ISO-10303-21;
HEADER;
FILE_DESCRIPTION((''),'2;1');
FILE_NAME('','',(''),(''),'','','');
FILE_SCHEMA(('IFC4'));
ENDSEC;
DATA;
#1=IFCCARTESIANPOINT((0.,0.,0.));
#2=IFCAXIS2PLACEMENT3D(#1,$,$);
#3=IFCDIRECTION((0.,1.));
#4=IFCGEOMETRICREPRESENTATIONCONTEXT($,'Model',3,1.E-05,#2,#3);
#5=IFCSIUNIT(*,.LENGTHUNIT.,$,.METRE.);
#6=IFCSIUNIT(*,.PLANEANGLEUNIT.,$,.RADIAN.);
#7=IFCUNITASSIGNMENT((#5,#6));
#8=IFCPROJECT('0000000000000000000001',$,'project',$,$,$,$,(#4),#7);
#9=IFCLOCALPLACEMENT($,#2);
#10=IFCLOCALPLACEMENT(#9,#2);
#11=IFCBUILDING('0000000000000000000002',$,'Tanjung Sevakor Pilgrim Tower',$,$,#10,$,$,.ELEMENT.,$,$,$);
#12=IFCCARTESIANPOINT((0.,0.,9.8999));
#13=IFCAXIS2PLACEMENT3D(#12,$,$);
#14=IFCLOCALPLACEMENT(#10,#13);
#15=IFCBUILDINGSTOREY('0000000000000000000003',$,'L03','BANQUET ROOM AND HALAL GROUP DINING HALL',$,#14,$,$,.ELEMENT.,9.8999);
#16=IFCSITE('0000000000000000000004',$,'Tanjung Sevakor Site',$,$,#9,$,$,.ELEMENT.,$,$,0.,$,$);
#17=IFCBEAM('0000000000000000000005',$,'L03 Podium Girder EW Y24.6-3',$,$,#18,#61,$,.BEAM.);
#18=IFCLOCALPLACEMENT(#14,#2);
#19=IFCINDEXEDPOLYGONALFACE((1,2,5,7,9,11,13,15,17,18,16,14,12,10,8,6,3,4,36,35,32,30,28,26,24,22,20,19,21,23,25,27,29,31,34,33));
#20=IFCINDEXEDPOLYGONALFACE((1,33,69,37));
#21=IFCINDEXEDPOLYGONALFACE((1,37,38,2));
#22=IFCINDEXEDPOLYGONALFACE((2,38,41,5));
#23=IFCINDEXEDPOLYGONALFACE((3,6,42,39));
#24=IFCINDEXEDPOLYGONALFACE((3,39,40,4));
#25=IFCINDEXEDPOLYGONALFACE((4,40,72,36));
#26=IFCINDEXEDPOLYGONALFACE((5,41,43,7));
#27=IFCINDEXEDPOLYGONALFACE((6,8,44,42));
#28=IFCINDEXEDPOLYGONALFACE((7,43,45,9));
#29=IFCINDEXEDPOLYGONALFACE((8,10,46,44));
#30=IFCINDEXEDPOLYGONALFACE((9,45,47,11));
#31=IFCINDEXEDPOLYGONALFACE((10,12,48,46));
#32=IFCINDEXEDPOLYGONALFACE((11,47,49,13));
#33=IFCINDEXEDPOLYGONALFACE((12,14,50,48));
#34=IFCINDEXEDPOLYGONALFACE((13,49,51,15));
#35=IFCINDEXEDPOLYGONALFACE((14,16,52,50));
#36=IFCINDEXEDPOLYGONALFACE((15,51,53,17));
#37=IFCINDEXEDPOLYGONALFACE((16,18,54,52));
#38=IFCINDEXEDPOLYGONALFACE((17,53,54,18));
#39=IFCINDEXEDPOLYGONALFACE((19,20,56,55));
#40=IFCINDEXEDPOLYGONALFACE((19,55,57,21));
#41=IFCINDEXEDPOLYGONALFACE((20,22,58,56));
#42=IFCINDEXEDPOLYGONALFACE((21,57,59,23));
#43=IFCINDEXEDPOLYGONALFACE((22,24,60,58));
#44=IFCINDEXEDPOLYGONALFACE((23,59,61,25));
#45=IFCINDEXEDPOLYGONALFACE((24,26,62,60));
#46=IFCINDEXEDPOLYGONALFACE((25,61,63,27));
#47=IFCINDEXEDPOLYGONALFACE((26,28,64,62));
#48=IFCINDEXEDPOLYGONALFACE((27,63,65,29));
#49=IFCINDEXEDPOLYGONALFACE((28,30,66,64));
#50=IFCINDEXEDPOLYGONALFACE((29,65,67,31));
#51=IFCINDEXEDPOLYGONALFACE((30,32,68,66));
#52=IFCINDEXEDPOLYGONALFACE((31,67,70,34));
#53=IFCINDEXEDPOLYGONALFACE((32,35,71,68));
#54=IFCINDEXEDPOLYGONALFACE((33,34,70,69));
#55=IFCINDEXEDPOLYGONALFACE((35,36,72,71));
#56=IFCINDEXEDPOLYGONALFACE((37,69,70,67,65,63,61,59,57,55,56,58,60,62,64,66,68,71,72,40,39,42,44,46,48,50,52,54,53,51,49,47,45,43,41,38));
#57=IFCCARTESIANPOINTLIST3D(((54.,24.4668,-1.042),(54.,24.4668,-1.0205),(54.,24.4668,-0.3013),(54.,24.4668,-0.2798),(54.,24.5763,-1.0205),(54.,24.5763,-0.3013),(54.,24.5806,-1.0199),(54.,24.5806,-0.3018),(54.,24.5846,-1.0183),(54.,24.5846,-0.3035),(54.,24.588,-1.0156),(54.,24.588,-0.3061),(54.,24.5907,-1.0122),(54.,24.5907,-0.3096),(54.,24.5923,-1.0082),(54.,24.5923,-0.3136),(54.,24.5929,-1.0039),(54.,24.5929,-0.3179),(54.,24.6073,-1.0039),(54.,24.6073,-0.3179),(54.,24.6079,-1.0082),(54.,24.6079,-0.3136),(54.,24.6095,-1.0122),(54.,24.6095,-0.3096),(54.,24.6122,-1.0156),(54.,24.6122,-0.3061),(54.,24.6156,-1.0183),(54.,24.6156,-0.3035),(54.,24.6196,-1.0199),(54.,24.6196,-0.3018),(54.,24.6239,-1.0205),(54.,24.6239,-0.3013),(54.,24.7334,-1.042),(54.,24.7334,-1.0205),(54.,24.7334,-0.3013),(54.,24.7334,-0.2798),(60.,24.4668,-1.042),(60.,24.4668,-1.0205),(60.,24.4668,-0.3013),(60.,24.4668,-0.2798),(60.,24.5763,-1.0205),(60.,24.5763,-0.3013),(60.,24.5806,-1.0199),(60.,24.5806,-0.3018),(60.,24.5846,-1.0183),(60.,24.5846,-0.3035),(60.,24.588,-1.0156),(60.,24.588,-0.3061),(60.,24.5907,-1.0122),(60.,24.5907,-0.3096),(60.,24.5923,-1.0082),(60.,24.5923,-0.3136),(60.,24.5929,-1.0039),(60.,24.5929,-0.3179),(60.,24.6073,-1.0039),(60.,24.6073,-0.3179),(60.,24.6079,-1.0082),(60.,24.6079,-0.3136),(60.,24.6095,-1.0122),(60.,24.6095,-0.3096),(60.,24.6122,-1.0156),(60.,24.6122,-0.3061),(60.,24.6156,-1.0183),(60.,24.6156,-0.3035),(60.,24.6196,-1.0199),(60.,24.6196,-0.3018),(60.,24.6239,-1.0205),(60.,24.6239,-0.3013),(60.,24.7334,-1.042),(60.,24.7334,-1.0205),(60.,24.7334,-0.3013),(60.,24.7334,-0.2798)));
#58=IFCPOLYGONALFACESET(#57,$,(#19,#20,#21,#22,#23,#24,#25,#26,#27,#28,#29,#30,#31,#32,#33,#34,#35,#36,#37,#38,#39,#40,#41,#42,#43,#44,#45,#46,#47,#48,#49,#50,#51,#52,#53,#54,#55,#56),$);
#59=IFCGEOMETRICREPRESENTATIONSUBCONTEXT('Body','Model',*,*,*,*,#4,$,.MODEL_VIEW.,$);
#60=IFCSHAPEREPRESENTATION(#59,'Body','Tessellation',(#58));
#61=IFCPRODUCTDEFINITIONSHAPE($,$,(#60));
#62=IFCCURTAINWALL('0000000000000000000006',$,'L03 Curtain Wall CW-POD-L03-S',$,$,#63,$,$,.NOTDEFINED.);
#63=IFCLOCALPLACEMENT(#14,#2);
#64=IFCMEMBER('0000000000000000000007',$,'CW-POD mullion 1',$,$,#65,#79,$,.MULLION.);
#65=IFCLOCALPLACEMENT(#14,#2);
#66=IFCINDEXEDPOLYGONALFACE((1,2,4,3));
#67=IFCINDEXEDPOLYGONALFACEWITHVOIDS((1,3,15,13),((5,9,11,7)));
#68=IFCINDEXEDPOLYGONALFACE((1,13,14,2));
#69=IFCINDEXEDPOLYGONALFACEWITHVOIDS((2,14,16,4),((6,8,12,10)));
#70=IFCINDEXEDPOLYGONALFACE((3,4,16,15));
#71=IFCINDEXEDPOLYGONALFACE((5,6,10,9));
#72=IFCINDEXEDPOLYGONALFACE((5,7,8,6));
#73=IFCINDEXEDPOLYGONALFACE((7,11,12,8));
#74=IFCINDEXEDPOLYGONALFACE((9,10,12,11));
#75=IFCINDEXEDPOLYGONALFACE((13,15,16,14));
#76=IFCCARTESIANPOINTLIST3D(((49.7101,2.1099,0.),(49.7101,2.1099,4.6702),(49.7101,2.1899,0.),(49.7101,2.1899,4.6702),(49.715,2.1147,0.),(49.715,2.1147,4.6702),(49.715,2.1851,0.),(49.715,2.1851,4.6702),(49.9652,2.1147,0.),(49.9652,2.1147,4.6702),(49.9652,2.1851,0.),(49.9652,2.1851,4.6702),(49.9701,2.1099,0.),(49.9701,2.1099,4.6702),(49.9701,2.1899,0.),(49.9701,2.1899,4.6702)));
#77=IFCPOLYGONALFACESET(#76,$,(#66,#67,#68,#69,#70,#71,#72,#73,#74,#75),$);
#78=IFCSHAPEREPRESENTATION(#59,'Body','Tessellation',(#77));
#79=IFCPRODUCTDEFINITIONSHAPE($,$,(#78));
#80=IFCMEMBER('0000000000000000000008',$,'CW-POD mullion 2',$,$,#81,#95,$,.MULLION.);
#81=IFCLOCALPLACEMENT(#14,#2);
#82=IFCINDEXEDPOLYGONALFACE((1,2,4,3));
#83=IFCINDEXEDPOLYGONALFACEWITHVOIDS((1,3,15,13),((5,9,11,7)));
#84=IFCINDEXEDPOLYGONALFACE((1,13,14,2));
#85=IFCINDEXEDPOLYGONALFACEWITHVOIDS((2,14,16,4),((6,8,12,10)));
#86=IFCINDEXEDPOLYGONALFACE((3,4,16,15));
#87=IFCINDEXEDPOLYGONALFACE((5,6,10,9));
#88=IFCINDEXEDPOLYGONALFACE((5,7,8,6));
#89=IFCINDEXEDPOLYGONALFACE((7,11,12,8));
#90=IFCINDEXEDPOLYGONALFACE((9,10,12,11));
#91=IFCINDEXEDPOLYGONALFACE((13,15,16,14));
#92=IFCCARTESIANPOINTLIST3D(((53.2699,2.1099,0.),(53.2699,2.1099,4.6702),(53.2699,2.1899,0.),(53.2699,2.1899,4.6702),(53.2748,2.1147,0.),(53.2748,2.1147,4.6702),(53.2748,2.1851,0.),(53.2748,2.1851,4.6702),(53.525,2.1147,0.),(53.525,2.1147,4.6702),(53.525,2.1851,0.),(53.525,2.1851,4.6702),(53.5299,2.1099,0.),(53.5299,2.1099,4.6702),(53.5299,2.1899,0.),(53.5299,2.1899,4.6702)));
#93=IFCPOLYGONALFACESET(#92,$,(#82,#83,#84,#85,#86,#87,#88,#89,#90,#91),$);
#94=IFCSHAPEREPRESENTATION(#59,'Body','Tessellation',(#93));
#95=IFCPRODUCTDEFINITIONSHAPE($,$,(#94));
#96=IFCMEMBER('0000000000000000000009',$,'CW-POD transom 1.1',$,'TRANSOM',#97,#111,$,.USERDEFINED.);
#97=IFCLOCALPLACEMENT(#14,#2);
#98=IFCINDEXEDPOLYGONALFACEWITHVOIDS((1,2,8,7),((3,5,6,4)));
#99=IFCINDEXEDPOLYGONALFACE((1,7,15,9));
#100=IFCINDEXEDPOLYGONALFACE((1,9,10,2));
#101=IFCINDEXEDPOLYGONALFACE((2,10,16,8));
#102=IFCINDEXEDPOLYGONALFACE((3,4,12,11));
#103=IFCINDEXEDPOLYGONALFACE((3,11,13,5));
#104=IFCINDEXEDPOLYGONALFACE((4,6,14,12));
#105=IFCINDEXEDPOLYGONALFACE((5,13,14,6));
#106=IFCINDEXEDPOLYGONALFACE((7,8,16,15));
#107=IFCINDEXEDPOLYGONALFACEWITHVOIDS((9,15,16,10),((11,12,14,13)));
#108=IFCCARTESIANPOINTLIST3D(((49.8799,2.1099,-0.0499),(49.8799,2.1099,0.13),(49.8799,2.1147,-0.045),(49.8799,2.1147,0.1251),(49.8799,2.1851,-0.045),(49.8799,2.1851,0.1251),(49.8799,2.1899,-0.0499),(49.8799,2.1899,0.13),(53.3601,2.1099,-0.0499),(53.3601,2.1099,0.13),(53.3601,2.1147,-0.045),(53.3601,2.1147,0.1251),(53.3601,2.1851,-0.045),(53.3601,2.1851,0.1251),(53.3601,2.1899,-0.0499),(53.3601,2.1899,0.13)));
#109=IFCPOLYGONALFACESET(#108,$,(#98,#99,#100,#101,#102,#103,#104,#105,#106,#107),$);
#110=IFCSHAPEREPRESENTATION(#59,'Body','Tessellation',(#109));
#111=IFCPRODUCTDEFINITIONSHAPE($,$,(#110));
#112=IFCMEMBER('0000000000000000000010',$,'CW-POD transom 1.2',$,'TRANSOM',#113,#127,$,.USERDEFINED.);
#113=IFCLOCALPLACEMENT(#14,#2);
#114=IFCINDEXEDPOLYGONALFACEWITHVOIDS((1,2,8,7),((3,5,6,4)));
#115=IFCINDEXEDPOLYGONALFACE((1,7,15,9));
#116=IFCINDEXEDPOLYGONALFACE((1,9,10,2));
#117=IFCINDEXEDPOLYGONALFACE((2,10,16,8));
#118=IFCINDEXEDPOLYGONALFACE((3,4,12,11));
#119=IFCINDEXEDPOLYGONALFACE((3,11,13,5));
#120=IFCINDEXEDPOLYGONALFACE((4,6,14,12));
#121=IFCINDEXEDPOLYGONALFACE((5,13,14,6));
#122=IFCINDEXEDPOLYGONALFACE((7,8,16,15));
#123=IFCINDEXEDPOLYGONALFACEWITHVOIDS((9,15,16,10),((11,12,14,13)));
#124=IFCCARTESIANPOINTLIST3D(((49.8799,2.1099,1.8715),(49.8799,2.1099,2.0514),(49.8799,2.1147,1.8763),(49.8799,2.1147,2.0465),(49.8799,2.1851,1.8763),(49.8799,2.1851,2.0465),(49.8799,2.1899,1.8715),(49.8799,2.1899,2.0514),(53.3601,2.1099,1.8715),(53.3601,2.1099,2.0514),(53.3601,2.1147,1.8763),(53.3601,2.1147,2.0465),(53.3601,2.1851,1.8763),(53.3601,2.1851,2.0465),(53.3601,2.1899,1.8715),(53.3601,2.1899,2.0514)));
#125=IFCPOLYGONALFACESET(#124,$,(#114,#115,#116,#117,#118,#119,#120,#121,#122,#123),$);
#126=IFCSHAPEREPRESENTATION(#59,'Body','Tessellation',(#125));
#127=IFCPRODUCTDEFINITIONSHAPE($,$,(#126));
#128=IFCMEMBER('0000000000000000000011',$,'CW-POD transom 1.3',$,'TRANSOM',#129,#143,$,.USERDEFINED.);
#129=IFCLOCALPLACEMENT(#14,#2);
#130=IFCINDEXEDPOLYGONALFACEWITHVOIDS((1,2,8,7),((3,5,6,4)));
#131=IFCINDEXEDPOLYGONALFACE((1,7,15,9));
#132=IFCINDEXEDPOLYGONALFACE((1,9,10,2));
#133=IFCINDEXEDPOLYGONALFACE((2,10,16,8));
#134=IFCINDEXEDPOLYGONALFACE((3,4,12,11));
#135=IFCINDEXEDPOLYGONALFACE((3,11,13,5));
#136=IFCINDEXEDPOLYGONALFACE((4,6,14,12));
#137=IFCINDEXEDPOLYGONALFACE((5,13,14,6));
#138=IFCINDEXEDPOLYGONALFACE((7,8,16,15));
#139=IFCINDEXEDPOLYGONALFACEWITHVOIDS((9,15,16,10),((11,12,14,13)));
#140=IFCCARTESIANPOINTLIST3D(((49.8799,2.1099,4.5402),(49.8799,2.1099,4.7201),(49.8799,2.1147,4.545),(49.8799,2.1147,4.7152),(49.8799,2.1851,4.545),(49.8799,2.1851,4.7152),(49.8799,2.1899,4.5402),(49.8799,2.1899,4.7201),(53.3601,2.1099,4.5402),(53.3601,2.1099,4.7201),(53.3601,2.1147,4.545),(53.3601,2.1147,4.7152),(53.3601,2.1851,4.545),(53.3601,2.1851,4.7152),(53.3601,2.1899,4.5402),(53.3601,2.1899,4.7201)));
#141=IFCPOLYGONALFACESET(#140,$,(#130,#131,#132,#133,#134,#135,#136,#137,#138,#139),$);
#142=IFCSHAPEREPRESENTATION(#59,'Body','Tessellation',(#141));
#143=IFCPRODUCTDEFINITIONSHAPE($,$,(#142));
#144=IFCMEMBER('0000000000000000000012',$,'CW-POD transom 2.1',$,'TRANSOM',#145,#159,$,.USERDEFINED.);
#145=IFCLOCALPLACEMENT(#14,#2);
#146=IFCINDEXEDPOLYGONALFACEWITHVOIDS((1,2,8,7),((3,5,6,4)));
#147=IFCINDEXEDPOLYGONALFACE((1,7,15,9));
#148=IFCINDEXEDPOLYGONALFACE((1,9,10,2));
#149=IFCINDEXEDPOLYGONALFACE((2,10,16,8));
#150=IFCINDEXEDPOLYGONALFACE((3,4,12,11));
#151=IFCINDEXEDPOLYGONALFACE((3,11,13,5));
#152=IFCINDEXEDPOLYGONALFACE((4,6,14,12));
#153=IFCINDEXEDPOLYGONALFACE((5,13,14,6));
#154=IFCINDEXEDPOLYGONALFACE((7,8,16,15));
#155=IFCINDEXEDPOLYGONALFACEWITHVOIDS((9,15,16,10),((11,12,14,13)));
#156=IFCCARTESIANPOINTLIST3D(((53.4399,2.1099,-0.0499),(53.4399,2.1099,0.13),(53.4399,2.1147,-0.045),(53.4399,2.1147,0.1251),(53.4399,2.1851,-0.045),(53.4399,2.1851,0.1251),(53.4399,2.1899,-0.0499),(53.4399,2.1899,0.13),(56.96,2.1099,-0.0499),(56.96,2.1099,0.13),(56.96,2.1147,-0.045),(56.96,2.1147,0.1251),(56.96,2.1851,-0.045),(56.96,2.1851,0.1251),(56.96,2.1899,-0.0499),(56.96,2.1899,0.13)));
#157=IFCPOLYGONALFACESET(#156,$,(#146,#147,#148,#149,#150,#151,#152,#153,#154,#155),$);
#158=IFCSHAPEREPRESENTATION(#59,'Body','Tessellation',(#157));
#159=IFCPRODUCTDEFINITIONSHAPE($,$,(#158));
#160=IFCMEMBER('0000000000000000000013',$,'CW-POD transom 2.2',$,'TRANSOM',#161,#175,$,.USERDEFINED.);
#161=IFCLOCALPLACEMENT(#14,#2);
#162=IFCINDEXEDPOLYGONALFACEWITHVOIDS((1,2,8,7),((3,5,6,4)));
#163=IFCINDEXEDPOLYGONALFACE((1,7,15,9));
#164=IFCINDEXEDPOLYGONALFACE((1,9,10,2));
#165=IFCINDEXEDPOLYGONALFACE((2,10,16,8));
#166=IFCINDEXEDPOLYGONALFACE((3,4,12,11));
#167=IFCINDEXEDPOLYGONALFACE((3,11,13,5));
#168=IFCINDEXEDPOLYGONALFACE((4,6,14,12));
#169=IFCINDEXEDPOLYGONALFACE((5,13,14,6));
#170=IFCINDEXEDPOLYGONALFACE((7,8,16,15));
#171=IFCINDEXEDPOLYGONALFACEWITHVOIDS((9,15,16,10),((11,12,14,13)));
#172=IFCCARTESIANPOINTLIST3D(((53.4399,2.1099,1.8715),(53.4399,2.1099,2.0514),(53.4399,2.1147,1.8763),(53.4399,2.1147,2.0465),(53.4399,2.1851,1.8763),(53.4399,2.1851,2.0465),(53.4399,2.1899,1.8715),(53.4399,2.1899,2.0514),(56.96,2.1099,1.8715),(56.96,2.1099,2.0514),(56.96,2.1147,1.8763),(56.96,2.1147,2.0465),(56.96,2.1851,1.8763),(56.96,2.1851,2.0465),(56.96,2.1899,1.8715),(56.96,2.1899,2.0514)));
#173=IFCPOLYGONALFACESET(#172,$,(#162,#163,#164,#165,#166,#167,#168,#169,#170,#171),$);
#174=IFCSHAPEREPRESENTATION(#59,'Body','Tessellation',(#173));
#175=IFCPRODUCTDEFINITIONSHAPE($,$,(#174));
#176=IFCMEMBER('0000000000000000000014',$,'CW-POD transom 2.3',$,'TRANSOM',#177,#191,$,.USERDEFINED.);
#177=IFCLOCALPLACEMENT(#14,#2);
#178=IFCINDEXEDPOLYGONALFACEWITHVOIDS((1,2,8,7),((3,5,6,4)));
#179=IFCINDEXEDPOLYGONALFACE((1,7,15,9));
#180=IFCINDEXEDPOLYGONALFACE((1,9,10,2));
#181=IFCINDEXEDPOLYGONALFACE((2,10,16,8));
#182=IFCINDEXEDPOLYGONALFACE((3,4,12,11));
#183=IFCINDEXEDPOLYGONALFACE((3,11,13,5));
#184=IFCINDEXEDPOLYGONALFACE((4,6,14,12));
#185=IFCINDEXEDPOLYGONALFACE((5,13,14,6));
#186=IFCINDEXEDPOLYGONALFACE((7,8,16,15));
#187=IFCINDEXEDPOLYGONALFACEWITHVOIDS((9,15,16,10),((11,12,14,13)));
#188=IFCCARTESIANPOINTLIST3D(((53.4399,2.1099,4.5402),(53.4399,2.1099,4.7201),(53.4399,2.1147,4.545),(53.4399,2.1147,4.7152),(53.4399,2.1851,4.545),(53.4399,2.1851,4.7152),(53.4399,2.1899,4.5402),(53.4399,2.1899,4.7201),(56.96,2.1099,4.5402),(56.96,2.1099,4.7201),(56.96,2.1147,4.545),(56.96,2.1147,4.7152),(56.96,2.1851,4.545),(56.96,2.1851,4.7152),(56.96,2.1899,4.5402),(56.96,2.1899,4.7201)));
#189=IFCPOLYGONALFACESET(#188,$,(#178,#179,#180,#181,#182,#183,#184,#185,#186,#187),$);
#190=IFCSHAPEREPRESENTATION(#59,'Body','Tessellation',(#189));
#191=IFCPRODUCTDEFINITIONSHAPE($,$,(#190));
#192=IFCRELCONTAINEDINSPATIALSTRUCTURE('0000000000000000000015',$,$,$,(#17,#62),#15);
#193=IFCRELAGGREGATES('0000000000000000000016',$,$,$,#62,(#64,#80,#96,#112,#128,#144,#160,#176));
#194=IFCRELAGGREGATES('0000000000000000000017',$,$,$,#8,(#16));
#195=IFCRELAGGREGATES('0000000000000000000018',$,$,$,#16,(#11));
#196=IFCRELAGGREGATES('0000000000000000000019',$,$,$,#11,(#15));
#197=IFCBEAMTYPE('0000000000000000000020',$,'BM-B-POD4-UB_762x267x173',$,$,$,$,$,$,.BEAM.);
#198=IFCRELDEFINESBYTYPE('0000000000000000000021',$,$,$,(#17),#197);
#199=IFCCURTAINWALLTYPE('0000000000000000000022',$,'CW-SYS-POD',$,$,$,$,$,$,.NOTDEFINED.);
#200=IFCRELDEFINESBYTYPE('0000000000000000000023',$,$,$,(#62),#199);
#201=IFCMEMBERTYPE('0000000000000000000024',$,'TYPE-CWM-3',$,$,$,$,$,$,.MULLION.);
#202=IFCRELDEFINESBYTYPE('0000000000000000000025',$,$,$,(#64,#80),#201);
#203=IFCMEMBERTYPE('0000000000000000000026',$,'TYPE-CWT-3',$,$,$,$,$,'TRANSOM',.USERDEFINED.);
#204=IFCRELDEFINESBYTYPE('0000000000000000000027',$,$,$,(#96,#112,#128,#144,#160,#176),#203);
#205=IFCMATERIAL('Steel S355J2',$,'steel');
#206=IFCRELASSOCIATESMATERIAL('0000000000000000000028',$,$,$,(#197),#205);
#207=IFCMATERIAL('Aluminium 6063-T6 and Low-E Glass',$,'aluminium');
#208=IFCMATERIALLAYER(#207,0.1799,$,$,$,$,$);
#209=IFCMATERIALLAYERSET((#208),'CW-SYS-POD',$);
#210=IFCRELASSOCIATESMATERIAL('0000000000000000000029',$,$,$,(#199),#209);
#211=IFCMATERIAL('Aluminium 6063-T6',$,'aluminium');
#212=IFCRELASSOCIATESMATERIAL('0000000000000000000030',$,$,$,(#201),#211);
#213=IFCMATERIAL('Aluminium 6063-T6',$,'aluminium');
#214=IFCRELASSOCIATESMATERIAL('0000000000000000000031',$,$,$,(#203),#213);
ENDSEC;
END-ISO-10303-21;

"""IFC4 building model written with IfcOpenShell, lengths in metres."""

from ifc_helpers import new_model, si_unit, direction, frame, origin, origin_2d, place, context, subcontext, project, spatial, hollow_rectangle, i_section, extrude, material, layer, layer_set, material_profile, profile_set, type_object, element, aggregate, save


model = new_model("IFC4")

# Units and contexts
model_context = context("Model", 3, precision=1e-05, world=origin(), true_north=direction((0.0, 1.0)))
body_context = subcontext(model_context, "Body", "Model", "MODEL_VIEW")
ifc_project = project(units=[si_unit("LENGTHUNIT", "METRE"), si_unit("PLANEANGLEUNIT", "RADIAN")], contexts=[model_context])

# Site, building, storey
site_placement = place(None, origin())
site = spatial("IfcSite", under=ifc_project, at=site_placement, Name="Tanjung Sevakor Site", CompositionType="ELEMENT", RefElevation=0.0)
building_placement = place(site_placement, origin())
building = spatial("IfcBuilding", under=site, at=building_placement, Name="Tanjung Sevakor Pilgrim Tower", CompositionType="ELEMENT")
storey_placement = place(building_placement, frame((0.0, 0.0, 9.8999)))
storey = spatial("IfcBuildingStorey", under=building, at=storey_placement, Name="L03", Description="BANQUET ROOM AND HALAL GROUP DINING HALL", CompositionType="ELEMENT", Elevation=9.8999)

# Beam
ifc_material_1 = material(Name="Steel S355J2", Category="steel")
ifc_material_profile_1 = material_profile(ifc_material_1, i_section(OverallWidth=0.2666, OverallDepth=0.7622, WebThickness=0.0144, FlangeThickness=0.0215, FilletRadius=0.0166, at=origin_2d()))
ifc_profile_set_1 = profile_set([ifc_material_profile_1], Name="Steel S355J2")
beam_type_1 = type_object("IfcBeamType", Name="BM-B-POD4-UB_762x267x173", PredefinedType="BEAM", material=ifc_profile_set_1)
for number, where, z_axis, x_axis, name in (
    (1, (54.0, 24.6001, -0.6609), (1.0, 0.0, 0.0), (0.0, 1.0, 0.0), "L03 Podium Girder EW Y24.6-3"),
):
    element("IfcBeam", number, at=place(storey_placement, frame(where, z_axis=z_axis, x_axis=x_axis)), inside=storey, type_object=beam_type_1, Name=name, PredefinedType="BEAM", context=body_context, shape_type="SweptSolid", body=[
        extrude(i_section(OverallWidth=0.2666, OverallDepth=0.7622, WebThickness=0.0144, FlangeThickness=0.0215, FilletRadius=0.0166, at=origin_2d()), origin(), (0.0, 0.0, 1.0), 6.0),
    ])

# Curtain wall, members
ifc_material_2 = material(Name="Aluminium 6063-T6 and Low-E Glass", Category="aluminium")
ifc_layer_1 = layer(ifc_material_2, 0.1799)
ifc_layer_set_1 = layer_set([ifc_layer_1], Name="CW-SYS-POD")
curtain_wall_type = type_object("IfcCurtainWallType", Name="CW-SYS-POD", PredefinedType="NOTDEFINED", material=ifc_layer_set_1)
curtain_wall_placement = place(storey_placement, origin())
curtain_wall = element("IfcCurtainWall", 2, at=curtain_wall_placement, inside=storey, type_object=curtain_wall_type, Name="L03 Curtain Wall CW-POD-L03-S", PredefinedType="NOTDEFINED")
ifc_material_3 = material(Name="Aluminium 6063-T6", Category="aluminium")
ifc_material_profile_2 = material_profile(ifc_material_3, hollow_rectangle(XDim=0.0801, YDim=0.26, WallThickness=0.0049, at=origin_2d()))
ifc_profile_set_2 = profile_set([ifc_material_profile_2], Name="Aluminium 6063-T6")
member_type_1 = type_object("IfcMemberType", Name="TYPE-CWM-3", PredefinedType="MULLION", material=ifc_profile_set_2)
member_1_placement = place(storey_placement, frame((49.8401, 2.1499, 0.0), z_axis=(0.0, 0.0, 1.0), x_axis=(0.0, 1.0, 0.0)))
member_1 = element("IfcMember", 3, at=member_1_placement, type_object=member_type_1, Name="CW-POD mullion 1", PredefinedType="MULLION", context=body_context, shape_type="SweptSolid", body=[
    extrude(hollow_rectangle(XDim=0.0801, YDim=0.26, WallThickness=0.0049, at=origin_2d()), origin(), (0.0, 0.0, 1.0), 4.6702),
])
member_2_placement = place(storey_placement, frame((53.3999, 2.1499, 0.0), z_axis=(0.0, 0.0, 1.0), x_axis=(0.0, 1.0, 0.0)))
member_2 = element("IfcMember", 4, at=member_2_placement, type_object=member_type_1, Name="CW-POD mullion 2", PredefinedType="MULLION", context=body_context, shape_type="SweptSolid", body=[
    extrude(hollow_rectangle(XDim=0.0801, YDim=0.26, WallThickness=0.0049, at=origin_2d()), origin(), (0.0, 0.0, 1.0), 4.6702),
])
ifc_material_4 = material(Name="Aluminium 6063-T6", Category="aluminium")
ifc_material_profile_3 = material_profile(ifc_material_4, hollow_rectangle(XDim=0.0801, YDim=0.1799, WallThickness=0.0049, at=origin_2d()))
ifc_profile_set_3 = profile_set([ifc_material_profile_3], Name="Aluminium 6063-T6")
member_type_2 = type_object("IfcMemberType", Name="TYPE-CWT-3", ElementType="TRANSOM", PredefinedType="USERDEFINED", material=ifc_profile_set_3)
member_3_placement = place(storey_placement, frame((49.8799, 2.1499, 0.04), z_axis=(1.0, 0.0, 0.0), x_axis=(0.0, 1.0, 0.0)))
member_3 = element("IfcMember", 5, at=member_3_placement, type_object=member_type_2, Name="CW-POD transom 1.1", ObjectType="TRANSOM", PredefinedType="USERDEFINED", context=body_context, shape_type="SweptSolid", body=[
    extrude(hollow_rectangle(XDim=0.0801, YDim=0.1799, WallThickness=0.0049, at=origin_2d()), origin(), (0.0, 0.0, 1.0), 3.4802),
])
member_4_placement = place(storey_placement, frame((49.8799, 2.1499, 1.9614), z_axis=(1.0, 0.0, 0.0), x_axis=(0.0, 1.0, 0.0)))
member_4 = element("IfcMember", 6, at=member_4_placement, type_object=member_type_2, Name="CW-POD transom 1.2", ObjectType="TRANSOM", PredefinedType="USERDEFINED", context=body_context, shape_type="SweptSolid", body=[
    extrude(hollow_rectangle(XDim=0.0801, YDim=0.1799, WallThickness=0.0049, at=origin_2d()), origin(), (0.0, 0.0, 1.0), 3.4802),
])
member_5_placement = place(storey_placement, frame((49.8799, 2.1499, 4.6301), z_axis=(1.0, 0.0, 0.0), x_axis=(0.0, 1.0, 0.0)))
member_5 = element("IfcMember", 7, at=member_5_placement, type_object=member_type_2, Name="CW-POD transom 1.3", ObjectType="TRANSOM", PredefinedType="USERDEFINED", context=body_context, shape_type="SweptSolid", body=[
    extrude(hollow_rectangle(XDim=0.0801, YDim=0.1799, WallThickness=0.0049, at=origin_2d()), origin(), (0.0, 0.0, 1.0), 3.4802),
])
member_6_placement = place(storey_placement, frame((53.4399, 2.1499, 0.04), z_axis=(1.0, 0.0, 0.0), x_axis=(0.0, 1.0, 0.0)))
member_6 = element("IfcMember", 8, at=member_6_placement, type_object=member_type_2, Name="CW-POD transom 2.1", ObjectType="TRANSOM", PredefinedType="USERDEFINED", context=body_context, shape_type="SweptSolid", body=[
    extrude(hollow_rectangle(XDim=0.0801, YDim=0.1799, WallThickness=0.0049, at=origin_2d()), origin(), (0.0, 0.0, 1.0), 3.52),
])
member_7_placement = place(storey_placement, frame((53.4399, 2.1499, 1.9614), z_axis=(1.0, 0.0, 0.0), x_axis=(0.0, 1.0, 0.0)))
member_7 = element("IfcMember", 9, at=member_7_placement, type_object=member_type_2, Name="CW-POD transom 2.2", ObjectType="TRANSOM", PredefinedType="USERDEFINED", context=body_context, shape_type="SweptSolid", body=[
    extrude(hollow_rectangle(XDim=0.0801, YDim=0.1799, WallThickness=0.0049, at=origin_2d()), origin(), (0.0, 0.0, 1.0), 3.52),
])
member_8_placement = place(storey_placement, frame((53.4399, 2.1499, 4.6301), z_axis=(1.0, 0.0, 0.0), x_axis=(0.0, 1.0, 0.0)))
member_8 = element("IfcMember", 10, at=member_8_placement, type_object=member_type_2, Name="CW-POD transom 2.3", ObjectType="TRANSOM", PredefinedType="USERDEFINED", context=body_context, shape_type="SweptSolid", body=[
    extrude(hollow_rectangle(XDim=0.0801, YDim=0.1799, WallThickness=0.0049, at=origin_2d()), origin(), (0.0, 0.0, 1.0), 3.52),
])
aggregate(curtain_wall, [member_1, member_2, member_3, member_4, member_5, member_6, member_7, member_8])

save(model, "model.ifc")
